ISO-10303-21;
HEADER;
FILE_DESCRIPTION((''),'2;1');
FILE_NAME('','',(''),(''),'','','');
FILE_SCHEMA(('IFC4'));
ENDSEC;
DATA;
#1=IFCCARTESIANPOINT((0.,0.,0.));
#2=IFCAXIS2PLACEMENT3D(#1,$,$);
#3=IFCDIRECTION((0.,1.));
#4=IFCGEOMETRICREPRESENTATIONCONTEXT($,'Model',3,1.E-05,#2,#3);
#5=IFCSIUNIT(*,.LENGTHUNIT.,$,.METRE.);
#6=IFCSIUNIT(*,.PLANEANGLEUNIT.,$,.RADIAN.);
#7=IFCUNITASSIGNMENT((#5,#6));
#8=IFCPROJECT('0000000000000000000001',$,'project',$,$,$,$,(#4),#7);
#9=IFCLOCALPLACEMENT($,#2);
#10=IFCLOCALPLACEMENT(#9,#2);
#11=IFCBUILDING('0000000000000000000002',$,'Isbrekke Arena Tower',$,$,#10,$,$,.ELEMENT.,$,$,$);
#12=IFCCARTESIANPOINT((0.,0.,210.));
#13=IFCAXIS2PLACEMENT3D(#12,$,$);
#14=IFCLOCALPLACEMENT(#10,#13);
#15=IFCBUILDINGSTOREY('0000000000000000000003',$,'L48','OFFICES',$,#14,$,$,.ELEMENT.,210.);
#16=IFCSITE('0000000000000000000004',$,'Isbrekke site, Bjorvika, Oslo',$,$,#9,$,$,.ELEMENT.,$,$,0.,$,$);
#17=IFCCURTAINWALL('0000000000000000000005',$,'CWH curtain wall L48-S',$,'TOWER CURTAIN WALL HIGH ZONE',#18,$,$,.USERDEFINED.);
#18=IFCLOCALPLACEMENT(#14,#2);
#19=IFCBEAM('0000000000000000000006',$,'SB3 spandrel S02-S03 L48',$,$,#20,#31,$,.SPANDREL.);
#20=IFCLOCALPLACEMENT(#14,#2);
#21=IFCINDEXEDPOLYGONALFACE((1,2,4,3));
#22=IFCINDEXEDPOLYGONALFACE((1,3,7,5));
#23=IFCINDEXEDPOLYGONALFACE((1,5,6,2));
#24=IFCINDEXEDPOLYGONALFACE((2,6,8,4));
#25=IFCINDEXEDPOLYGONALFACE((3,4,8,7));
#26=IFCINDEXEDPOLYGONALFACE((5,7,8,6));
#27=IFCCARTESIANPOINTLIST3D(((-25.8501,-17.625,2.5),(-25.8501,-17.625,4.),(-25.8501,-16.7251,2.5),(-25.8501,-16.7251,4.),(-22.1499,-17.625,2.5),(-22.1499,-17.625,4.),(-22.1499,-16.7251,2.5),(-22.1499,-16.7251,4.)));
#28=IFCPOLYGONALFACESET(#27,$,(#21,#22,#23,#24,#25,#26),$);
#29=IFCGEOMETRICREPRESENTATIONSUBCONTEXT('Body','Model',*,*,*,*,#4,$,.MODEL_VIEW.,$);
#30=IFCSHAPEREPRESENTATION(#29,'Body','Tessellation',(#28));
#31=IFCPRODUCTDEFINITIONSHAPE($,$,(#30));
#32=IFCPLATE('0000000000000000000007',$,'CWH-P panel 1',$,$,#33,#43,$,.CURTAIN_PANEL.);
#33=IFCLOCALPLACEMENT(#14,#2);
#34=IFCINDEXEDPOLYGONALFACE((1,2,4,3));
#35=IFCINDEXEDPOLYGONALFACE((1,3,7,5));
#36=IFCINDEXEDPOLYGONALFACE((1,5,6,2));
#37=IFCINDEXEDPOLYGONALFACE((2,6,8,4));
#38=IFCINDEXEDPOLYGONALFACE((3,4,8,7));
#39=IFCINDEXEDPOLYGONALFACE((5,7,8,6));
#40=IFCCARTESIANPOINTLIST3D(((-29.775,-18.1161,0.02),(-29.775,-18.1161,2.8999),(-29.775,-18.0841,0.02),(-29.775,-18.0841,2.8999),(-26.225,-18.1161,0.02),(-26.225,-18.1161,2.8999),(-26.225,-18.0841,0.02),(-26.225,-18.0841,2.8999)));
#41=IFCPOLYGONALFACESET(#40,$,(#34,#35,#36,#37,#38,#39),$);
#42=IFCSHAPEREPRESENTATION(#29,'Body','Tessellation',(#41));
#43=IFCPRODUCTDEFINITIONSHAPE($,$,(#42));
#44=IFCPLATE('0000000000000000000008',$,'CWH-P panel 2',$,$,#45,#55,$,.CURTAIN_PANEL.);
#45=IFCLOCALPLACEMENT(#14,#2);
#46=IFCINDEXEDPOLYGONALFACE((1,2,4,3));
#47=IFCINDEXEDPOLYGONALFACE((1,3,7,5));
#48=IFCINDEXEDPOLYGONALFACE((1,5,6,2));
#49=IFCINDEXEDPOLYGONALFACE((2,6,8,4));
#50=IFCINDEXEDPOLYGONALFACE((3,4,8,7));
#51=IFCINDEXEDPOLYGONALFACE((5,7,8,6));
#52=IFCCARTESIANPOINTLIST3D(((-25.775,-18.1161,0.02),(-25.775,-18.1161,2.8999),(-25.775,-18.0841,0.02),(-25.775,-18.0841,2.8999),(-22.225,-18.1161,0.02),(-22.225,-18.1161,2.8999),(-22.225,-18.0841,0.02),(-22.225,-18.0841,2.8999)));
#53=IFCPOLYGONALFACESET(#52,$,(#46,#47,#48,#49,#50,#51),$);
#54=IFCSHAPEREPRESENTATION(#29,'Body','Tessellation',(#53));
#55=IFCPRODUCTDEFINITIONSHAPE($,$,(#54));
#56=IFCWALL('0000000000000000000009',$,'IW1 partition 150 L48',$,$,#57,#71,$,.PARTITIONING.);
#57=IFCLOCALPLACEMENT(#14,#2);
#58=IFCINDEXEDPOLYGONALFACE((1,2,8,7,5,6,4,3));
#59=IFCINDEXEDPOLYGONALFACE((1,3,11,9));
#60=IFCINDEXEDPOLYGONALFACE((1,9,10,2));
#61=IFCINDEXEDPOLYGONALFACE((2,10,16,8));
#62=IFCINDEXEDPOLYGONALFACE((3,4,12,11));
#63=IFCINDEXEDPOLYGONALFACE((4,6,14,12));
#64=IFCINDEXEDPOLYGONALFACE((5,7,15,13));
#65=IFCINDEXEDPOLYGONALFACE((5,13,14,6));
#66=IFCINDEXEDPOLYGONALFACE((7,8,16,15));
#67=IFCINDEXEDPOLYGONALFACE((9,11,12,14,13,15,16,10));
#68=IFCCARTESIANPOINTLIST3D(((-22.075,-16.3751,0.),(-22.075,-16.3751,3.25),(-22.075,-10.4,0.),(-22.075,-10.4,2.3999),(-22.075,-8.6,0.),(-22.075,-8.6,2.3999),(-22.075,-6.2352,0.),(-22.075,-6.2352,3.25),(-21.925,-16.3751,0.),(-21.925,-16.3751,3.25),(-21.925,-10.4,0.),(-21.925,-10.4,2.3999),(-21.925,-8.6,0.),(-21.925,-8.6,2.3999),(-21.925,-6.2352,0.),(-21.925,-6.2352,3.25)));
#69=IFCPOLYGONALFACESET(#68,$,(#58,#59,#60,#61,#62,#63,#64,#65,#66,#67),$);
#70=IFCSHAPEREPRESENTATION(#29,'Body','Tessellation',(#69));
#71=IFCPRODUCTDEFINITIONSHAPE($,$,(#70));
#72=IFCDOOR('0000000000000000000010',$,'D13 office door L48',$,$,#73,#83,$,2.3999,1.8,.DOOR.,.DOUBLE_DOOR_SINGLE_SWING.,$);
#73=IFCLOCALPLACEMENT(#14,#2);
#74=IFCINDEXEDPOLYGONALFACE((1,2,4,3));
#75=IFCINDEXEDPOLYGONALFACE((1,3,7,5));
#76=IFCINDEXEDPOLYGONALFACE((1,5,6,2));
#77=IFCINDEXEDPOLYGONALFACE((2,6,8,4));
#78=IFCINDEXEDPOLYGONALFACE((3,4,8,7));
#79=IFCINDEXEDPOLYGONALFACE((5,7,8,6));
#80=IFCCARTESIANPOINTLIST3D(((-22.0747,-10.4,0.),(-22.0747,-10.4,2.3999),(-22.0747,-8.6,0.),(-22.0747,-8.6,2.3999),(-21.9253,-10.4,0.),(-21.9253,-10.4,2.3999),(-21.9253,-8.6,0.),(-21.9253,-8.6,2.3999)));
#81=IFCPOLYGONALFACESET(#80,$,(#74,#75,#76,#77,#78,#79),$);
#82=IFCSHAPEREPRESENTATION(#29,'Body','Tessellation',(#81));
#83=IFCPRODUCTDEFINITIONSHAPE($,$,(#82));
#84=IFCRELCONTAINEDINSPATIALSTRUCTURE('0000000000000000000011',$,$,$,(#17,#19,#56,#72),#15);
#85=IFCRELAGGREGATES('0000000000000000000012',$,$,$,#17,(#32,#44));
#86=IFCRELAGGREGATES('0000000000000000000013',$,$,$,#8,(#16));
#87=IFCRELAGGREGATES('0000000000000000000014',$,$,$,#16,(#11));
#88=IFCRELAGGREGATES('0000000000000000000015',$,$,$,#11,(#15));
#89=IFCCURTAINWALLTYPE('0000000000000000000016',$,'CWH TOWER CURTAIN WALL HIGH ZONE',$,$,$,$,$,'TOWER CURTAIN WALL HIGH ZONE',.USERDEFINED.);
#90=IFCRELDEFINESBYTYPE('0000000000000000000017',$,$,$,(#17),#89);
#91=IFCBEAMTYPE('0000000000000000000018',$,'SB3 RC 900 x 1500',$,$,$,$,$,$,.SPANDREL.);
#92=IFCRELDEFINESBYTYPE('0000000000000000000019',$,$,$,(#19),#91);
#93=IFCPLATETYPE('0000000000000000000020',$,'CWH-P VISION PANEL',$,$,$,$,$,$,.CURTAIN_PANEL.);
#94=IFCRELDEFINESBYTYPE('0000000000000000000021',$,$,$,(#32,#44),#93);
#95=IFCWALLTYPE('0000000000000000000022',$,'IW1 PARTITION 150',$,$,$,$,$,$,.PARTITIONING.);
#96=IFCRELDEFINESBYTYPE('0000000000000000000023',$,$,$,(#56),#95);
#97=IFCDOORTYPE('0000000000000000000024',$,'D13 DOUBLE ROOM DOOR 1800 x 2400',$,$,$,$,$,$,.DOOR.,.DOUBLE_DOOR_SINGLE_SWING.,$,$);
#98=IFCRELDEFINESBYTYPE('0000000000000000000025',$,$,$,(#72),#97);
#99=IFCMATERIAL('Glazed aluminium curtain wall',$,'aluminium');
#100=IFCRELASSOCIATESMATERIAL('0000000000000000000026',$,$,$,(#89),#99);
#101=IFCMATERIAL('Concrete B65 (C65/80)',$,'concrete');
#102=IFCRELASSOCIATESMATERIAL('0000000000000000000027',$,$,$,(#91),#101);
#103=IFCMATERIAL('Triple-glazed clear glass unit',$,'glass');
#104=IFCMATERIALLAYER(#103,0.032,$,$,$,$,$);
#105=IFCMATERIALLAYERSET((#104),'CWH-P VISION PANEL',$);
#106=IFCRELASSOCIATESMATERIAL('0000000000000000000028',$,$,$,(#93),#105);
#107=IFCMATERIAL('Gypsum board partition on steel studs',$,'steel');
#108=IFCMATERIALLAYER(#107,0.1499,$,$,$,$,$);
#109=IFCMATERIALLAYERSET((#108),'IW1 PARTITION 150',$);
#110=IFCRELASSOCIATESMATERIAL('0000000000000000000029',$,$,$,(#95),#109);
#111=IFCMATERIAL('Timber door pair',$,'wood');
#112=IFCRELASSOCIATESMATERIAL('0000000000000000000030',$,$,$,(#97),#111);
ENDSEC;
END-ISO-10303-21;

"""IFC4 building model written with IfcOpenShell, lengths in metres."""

from ifc_helpers import new_model, si_unit, direction, frame, frame_2d, origin, origin_2d, place, context, subcontext, project, spatial, rectangle, extrude, material, layer, layer_set, material_profile, profile_set, type_object, element, fill, aggregate, save


model = new_model("IFC4")

# Units and contexts
model_context = context("Model", 3, precision=1e-05, world=origin(), true_north=direction((0.0, 1.0)))
body_context = subcontext(model_context, "Body", "Model", "MODEL_VIEW")
ifc_project = project(units=[si_unit("LENGTHUNIT", "METRE"), si_unit("PLANEANGLEUNIT", "RADIAN")], contexts=[model_context])

# Site, building, storey
site_placement = place(None, origin())
site = spatial("IfcSite", under=ifc_project, at=site_placement, Name="Isbrekke site, Bjorvika, Oslo", CompositionType="ELEMENT", RefElevation=0.0)
building_placement = place(site_placement, origin())
building = spatial("IfcBuilding", under=site, at=building_placement, Name="Isbrekke Arena Tower", CompositionType="ELEMENT")
storey_placement = place(building_placement, frame((0.0, 0.0, 210.0)))
storey = spatial("IfcBuildingStorey", under=building, at=storey_placement, Name="L48", Description="OFFICES", CompositionType="ELEMENT", Elevation=210.0)

# Curtain wall
ifc_material_1 = material(Name="Glazed aluminium curtain wall", Category="aluminium")
curtain_wall_type = type_object("IfcCurtainWallType", Name="CWH TOWER CURTAIN WALL HIGH ZONE", ElementType="TOWER CURTAIN WALL HIGH ZONE", PredefinedType="USERDEFINED", material=ifc_material_1)
curtain_wall_placement = place(storey_placement, origin())
curtain_wall = element("IfcCurtainWall", 1, at=curtain_wall_placement, inside=storey, type_object=curtain_wall_type, Name="CWH curtain wall L48-S", ObjectType="TOWER CURTAIN WALL HIGH ZONE", PredefinedType="USERDEFINED")

# Beam
ifc_material_2 = material(Name="Concrete B65 (C65/80)", Category="concrete")
ifc_material_profile_1 = material_profile(ifc_material_2, rectangle(XDim=0.8999, YDim=1.5, at=origin_2d()), Name="RC 900x1500")
ifc_profile_set_1 = profile_set([ifc_material_profile_1], Name="Concrete B65 (C65/80)")
beam_type_1 = type_object("IfcBeamType", Name="SB3 RC 900 x 1500", PredefinedType="SPANDREL", material=ifc_profile_set_1)
for number, where, z_axis, x_axis, name in (
    (2, (-25.8501, -17.175, 3.25), (1.0, 0.0, 0.0), (0.0, 1.0, 0.0), "SB3 spandrel S02-S03 L48"),
):
    element("IfcBeam", number, at=place(storey_placement, frame(where, z_axis=z_axis, x_axis=x_axis)), inside=storey, type_object=beam_type_1, Name=name, PredefinedType="SPANDREL", context=body_context, shape_type="SweptSolid", body=[
        extrude(rectangle(XDim=0.8999, YDim=1.5, at=origin_2d()), origin(), (0.0, 0.0, 1.0), 3.7002),
    ])

# Plates
ifc_material_3 = material(Name="Triple-glazed clear glass unit", Category="glass")
ifc_layer_1 = layer(ifc_material_3, 0.032)
ifc_layer_set_1 = layer_set([ifc_layer_1], Name="CWH-P VISION PANEL")
plate_type = type_object("IfcPlateType", Name="CWH-P VISION PANEL", PredefinedType="CURTAIN_PANEL", material=ifc_layer_set_1)
plate_1_placement = place(storey_placement, frame((-28.0, -18.1001, 0.02), z_axis=(0.0, 0.0, 1.0), x_axis=(1.0, 0.0, 0.0)))
plate_1 = element("IfcPlate", 3, at=plate_1_placement, type_object=plate_type, Name="CWH-P panel 1", PredefinedType="CURTAIN_PANEL", context=body_context, shape_type="SweptSolid", body=[
    extrude(rectangle(XDim=3.55, YDim=0.032, at=origin_2d()), origin(), (0.0, 0.0, 1.0), 2.8799),
])
plate_2_placement = place(storey_placement, frame((-24.0, -18.1001, 0.02), z_axis=(0.0, 0.0, 1.0), x_axis=(1.0, 0.0, 0.0)))
plate_2 = element("IfcPlate", 4, at=plate_2_placement, type_object=plate_type, Name="CWH-P panel 2", PredefinedType="CURTAIN_PANEL", context=body_context, shape_type="SweptSolid", body=[
    extrude(rectangle(XDim=3.55, YDim=0.032, at=origin_2d()), origin(), (0.0, 0.0, 1.0), 2.8799),
])
aggregate(curtain_wall, [plate_1, plate_2])

# Shared definitions
ifc_material_4 = material(Name="Gypsum board partition on steel studs", Category="steel")
ifc_layer_2 = layer(ifc_material_4, 0.1499)
ifc_layer_set_2 = layer_set([ifc_layer_2], Name="IW1 PARTITION 150")
wall_type = type_object("IfcWallType", Name="IW1 PARTITION 150", PredefinedType="PARTITIONING", material=ifc_layer_set_2)

# Wall, opening, door
wall_1_placement = place(storey_placement, frame((-22.0, -16.375, 0.0), z_axis=(0.0, 0.0, 1.0), x_axis=(0.0, 1.0, 0.0)))
wall_1 = element("IfcWall", 5, at=wall_1_placement, inside=storey, type_object=wall_type, Name="IW1 partition 150 L48", PredefinedType="PARTITIONING", context=body_context, shape_type="SweptSolid", body=[
    extrude(rectangle(XDim=10.1399, YDim=0.1499, at=frame_2d((5.0698, 0.0))), origin(), (0.0, 0.0, 1.0), 3.25),
])
opening_1_placement = place(wall_1_placement, frame((5.9751, 0.0, 0.0)))
opening_1 = element("IfcOpeningElement", 6, at=opening_1_placement, cuts=wall_1, PredefinedType="OPENING", context=body_context, shape_type="SweptSolid", body=[
    extrude(rectangle(XDim=1.8, YDim=2.3999, at=frame_2d((0.8999, 1.2))), frame((0.0, 0.0898, 0.0), z_axis=(0.0, -1.0, 0.0), x_axis=(1.0, 0.0, 0.0)), (0.0, 0.0, 1.0), 0.1797),
])
ifc_material_5 = material(Name="Timber door pair", Category="wood")
door_type_1 = type_object("IfcDoorType", Name="D13 DOUBLE ROOM DOOR 1800 x 2400", OperationType="DOUBLE_DOOR_SINGLE_SWING", PredefinedType="DOOR", material=ifc_material_5)
door_1_placement = place(opening_1_placement, origin())
door_1 = element("IfcDoor", 7, at=door_1_placement, inside=storey, type_object=door_type_1, Name="D13 office door L48", OperationType="DOUBLE_DOOR_SINGLE_SWING", OverallHeight=2.3999, OverallWidth=1.8, PredefinedType="DOOR", context=body_context, shape_type="SweptSolid", body=[
    extrude(rectangle(XDim=1.8, YDim=2.3999, at=frame_2d((0.8999, 1.2))), frame((0.0, 0.0747, 0.0), z_axis=(0.0, -1.0, 0.0), x_axis=(1.0, 0.0, 0.0)), (0.0, 0.0, 1.0), 0.1494),
])
fill(opening_1, door_1)

save(model, "model.ifc")
